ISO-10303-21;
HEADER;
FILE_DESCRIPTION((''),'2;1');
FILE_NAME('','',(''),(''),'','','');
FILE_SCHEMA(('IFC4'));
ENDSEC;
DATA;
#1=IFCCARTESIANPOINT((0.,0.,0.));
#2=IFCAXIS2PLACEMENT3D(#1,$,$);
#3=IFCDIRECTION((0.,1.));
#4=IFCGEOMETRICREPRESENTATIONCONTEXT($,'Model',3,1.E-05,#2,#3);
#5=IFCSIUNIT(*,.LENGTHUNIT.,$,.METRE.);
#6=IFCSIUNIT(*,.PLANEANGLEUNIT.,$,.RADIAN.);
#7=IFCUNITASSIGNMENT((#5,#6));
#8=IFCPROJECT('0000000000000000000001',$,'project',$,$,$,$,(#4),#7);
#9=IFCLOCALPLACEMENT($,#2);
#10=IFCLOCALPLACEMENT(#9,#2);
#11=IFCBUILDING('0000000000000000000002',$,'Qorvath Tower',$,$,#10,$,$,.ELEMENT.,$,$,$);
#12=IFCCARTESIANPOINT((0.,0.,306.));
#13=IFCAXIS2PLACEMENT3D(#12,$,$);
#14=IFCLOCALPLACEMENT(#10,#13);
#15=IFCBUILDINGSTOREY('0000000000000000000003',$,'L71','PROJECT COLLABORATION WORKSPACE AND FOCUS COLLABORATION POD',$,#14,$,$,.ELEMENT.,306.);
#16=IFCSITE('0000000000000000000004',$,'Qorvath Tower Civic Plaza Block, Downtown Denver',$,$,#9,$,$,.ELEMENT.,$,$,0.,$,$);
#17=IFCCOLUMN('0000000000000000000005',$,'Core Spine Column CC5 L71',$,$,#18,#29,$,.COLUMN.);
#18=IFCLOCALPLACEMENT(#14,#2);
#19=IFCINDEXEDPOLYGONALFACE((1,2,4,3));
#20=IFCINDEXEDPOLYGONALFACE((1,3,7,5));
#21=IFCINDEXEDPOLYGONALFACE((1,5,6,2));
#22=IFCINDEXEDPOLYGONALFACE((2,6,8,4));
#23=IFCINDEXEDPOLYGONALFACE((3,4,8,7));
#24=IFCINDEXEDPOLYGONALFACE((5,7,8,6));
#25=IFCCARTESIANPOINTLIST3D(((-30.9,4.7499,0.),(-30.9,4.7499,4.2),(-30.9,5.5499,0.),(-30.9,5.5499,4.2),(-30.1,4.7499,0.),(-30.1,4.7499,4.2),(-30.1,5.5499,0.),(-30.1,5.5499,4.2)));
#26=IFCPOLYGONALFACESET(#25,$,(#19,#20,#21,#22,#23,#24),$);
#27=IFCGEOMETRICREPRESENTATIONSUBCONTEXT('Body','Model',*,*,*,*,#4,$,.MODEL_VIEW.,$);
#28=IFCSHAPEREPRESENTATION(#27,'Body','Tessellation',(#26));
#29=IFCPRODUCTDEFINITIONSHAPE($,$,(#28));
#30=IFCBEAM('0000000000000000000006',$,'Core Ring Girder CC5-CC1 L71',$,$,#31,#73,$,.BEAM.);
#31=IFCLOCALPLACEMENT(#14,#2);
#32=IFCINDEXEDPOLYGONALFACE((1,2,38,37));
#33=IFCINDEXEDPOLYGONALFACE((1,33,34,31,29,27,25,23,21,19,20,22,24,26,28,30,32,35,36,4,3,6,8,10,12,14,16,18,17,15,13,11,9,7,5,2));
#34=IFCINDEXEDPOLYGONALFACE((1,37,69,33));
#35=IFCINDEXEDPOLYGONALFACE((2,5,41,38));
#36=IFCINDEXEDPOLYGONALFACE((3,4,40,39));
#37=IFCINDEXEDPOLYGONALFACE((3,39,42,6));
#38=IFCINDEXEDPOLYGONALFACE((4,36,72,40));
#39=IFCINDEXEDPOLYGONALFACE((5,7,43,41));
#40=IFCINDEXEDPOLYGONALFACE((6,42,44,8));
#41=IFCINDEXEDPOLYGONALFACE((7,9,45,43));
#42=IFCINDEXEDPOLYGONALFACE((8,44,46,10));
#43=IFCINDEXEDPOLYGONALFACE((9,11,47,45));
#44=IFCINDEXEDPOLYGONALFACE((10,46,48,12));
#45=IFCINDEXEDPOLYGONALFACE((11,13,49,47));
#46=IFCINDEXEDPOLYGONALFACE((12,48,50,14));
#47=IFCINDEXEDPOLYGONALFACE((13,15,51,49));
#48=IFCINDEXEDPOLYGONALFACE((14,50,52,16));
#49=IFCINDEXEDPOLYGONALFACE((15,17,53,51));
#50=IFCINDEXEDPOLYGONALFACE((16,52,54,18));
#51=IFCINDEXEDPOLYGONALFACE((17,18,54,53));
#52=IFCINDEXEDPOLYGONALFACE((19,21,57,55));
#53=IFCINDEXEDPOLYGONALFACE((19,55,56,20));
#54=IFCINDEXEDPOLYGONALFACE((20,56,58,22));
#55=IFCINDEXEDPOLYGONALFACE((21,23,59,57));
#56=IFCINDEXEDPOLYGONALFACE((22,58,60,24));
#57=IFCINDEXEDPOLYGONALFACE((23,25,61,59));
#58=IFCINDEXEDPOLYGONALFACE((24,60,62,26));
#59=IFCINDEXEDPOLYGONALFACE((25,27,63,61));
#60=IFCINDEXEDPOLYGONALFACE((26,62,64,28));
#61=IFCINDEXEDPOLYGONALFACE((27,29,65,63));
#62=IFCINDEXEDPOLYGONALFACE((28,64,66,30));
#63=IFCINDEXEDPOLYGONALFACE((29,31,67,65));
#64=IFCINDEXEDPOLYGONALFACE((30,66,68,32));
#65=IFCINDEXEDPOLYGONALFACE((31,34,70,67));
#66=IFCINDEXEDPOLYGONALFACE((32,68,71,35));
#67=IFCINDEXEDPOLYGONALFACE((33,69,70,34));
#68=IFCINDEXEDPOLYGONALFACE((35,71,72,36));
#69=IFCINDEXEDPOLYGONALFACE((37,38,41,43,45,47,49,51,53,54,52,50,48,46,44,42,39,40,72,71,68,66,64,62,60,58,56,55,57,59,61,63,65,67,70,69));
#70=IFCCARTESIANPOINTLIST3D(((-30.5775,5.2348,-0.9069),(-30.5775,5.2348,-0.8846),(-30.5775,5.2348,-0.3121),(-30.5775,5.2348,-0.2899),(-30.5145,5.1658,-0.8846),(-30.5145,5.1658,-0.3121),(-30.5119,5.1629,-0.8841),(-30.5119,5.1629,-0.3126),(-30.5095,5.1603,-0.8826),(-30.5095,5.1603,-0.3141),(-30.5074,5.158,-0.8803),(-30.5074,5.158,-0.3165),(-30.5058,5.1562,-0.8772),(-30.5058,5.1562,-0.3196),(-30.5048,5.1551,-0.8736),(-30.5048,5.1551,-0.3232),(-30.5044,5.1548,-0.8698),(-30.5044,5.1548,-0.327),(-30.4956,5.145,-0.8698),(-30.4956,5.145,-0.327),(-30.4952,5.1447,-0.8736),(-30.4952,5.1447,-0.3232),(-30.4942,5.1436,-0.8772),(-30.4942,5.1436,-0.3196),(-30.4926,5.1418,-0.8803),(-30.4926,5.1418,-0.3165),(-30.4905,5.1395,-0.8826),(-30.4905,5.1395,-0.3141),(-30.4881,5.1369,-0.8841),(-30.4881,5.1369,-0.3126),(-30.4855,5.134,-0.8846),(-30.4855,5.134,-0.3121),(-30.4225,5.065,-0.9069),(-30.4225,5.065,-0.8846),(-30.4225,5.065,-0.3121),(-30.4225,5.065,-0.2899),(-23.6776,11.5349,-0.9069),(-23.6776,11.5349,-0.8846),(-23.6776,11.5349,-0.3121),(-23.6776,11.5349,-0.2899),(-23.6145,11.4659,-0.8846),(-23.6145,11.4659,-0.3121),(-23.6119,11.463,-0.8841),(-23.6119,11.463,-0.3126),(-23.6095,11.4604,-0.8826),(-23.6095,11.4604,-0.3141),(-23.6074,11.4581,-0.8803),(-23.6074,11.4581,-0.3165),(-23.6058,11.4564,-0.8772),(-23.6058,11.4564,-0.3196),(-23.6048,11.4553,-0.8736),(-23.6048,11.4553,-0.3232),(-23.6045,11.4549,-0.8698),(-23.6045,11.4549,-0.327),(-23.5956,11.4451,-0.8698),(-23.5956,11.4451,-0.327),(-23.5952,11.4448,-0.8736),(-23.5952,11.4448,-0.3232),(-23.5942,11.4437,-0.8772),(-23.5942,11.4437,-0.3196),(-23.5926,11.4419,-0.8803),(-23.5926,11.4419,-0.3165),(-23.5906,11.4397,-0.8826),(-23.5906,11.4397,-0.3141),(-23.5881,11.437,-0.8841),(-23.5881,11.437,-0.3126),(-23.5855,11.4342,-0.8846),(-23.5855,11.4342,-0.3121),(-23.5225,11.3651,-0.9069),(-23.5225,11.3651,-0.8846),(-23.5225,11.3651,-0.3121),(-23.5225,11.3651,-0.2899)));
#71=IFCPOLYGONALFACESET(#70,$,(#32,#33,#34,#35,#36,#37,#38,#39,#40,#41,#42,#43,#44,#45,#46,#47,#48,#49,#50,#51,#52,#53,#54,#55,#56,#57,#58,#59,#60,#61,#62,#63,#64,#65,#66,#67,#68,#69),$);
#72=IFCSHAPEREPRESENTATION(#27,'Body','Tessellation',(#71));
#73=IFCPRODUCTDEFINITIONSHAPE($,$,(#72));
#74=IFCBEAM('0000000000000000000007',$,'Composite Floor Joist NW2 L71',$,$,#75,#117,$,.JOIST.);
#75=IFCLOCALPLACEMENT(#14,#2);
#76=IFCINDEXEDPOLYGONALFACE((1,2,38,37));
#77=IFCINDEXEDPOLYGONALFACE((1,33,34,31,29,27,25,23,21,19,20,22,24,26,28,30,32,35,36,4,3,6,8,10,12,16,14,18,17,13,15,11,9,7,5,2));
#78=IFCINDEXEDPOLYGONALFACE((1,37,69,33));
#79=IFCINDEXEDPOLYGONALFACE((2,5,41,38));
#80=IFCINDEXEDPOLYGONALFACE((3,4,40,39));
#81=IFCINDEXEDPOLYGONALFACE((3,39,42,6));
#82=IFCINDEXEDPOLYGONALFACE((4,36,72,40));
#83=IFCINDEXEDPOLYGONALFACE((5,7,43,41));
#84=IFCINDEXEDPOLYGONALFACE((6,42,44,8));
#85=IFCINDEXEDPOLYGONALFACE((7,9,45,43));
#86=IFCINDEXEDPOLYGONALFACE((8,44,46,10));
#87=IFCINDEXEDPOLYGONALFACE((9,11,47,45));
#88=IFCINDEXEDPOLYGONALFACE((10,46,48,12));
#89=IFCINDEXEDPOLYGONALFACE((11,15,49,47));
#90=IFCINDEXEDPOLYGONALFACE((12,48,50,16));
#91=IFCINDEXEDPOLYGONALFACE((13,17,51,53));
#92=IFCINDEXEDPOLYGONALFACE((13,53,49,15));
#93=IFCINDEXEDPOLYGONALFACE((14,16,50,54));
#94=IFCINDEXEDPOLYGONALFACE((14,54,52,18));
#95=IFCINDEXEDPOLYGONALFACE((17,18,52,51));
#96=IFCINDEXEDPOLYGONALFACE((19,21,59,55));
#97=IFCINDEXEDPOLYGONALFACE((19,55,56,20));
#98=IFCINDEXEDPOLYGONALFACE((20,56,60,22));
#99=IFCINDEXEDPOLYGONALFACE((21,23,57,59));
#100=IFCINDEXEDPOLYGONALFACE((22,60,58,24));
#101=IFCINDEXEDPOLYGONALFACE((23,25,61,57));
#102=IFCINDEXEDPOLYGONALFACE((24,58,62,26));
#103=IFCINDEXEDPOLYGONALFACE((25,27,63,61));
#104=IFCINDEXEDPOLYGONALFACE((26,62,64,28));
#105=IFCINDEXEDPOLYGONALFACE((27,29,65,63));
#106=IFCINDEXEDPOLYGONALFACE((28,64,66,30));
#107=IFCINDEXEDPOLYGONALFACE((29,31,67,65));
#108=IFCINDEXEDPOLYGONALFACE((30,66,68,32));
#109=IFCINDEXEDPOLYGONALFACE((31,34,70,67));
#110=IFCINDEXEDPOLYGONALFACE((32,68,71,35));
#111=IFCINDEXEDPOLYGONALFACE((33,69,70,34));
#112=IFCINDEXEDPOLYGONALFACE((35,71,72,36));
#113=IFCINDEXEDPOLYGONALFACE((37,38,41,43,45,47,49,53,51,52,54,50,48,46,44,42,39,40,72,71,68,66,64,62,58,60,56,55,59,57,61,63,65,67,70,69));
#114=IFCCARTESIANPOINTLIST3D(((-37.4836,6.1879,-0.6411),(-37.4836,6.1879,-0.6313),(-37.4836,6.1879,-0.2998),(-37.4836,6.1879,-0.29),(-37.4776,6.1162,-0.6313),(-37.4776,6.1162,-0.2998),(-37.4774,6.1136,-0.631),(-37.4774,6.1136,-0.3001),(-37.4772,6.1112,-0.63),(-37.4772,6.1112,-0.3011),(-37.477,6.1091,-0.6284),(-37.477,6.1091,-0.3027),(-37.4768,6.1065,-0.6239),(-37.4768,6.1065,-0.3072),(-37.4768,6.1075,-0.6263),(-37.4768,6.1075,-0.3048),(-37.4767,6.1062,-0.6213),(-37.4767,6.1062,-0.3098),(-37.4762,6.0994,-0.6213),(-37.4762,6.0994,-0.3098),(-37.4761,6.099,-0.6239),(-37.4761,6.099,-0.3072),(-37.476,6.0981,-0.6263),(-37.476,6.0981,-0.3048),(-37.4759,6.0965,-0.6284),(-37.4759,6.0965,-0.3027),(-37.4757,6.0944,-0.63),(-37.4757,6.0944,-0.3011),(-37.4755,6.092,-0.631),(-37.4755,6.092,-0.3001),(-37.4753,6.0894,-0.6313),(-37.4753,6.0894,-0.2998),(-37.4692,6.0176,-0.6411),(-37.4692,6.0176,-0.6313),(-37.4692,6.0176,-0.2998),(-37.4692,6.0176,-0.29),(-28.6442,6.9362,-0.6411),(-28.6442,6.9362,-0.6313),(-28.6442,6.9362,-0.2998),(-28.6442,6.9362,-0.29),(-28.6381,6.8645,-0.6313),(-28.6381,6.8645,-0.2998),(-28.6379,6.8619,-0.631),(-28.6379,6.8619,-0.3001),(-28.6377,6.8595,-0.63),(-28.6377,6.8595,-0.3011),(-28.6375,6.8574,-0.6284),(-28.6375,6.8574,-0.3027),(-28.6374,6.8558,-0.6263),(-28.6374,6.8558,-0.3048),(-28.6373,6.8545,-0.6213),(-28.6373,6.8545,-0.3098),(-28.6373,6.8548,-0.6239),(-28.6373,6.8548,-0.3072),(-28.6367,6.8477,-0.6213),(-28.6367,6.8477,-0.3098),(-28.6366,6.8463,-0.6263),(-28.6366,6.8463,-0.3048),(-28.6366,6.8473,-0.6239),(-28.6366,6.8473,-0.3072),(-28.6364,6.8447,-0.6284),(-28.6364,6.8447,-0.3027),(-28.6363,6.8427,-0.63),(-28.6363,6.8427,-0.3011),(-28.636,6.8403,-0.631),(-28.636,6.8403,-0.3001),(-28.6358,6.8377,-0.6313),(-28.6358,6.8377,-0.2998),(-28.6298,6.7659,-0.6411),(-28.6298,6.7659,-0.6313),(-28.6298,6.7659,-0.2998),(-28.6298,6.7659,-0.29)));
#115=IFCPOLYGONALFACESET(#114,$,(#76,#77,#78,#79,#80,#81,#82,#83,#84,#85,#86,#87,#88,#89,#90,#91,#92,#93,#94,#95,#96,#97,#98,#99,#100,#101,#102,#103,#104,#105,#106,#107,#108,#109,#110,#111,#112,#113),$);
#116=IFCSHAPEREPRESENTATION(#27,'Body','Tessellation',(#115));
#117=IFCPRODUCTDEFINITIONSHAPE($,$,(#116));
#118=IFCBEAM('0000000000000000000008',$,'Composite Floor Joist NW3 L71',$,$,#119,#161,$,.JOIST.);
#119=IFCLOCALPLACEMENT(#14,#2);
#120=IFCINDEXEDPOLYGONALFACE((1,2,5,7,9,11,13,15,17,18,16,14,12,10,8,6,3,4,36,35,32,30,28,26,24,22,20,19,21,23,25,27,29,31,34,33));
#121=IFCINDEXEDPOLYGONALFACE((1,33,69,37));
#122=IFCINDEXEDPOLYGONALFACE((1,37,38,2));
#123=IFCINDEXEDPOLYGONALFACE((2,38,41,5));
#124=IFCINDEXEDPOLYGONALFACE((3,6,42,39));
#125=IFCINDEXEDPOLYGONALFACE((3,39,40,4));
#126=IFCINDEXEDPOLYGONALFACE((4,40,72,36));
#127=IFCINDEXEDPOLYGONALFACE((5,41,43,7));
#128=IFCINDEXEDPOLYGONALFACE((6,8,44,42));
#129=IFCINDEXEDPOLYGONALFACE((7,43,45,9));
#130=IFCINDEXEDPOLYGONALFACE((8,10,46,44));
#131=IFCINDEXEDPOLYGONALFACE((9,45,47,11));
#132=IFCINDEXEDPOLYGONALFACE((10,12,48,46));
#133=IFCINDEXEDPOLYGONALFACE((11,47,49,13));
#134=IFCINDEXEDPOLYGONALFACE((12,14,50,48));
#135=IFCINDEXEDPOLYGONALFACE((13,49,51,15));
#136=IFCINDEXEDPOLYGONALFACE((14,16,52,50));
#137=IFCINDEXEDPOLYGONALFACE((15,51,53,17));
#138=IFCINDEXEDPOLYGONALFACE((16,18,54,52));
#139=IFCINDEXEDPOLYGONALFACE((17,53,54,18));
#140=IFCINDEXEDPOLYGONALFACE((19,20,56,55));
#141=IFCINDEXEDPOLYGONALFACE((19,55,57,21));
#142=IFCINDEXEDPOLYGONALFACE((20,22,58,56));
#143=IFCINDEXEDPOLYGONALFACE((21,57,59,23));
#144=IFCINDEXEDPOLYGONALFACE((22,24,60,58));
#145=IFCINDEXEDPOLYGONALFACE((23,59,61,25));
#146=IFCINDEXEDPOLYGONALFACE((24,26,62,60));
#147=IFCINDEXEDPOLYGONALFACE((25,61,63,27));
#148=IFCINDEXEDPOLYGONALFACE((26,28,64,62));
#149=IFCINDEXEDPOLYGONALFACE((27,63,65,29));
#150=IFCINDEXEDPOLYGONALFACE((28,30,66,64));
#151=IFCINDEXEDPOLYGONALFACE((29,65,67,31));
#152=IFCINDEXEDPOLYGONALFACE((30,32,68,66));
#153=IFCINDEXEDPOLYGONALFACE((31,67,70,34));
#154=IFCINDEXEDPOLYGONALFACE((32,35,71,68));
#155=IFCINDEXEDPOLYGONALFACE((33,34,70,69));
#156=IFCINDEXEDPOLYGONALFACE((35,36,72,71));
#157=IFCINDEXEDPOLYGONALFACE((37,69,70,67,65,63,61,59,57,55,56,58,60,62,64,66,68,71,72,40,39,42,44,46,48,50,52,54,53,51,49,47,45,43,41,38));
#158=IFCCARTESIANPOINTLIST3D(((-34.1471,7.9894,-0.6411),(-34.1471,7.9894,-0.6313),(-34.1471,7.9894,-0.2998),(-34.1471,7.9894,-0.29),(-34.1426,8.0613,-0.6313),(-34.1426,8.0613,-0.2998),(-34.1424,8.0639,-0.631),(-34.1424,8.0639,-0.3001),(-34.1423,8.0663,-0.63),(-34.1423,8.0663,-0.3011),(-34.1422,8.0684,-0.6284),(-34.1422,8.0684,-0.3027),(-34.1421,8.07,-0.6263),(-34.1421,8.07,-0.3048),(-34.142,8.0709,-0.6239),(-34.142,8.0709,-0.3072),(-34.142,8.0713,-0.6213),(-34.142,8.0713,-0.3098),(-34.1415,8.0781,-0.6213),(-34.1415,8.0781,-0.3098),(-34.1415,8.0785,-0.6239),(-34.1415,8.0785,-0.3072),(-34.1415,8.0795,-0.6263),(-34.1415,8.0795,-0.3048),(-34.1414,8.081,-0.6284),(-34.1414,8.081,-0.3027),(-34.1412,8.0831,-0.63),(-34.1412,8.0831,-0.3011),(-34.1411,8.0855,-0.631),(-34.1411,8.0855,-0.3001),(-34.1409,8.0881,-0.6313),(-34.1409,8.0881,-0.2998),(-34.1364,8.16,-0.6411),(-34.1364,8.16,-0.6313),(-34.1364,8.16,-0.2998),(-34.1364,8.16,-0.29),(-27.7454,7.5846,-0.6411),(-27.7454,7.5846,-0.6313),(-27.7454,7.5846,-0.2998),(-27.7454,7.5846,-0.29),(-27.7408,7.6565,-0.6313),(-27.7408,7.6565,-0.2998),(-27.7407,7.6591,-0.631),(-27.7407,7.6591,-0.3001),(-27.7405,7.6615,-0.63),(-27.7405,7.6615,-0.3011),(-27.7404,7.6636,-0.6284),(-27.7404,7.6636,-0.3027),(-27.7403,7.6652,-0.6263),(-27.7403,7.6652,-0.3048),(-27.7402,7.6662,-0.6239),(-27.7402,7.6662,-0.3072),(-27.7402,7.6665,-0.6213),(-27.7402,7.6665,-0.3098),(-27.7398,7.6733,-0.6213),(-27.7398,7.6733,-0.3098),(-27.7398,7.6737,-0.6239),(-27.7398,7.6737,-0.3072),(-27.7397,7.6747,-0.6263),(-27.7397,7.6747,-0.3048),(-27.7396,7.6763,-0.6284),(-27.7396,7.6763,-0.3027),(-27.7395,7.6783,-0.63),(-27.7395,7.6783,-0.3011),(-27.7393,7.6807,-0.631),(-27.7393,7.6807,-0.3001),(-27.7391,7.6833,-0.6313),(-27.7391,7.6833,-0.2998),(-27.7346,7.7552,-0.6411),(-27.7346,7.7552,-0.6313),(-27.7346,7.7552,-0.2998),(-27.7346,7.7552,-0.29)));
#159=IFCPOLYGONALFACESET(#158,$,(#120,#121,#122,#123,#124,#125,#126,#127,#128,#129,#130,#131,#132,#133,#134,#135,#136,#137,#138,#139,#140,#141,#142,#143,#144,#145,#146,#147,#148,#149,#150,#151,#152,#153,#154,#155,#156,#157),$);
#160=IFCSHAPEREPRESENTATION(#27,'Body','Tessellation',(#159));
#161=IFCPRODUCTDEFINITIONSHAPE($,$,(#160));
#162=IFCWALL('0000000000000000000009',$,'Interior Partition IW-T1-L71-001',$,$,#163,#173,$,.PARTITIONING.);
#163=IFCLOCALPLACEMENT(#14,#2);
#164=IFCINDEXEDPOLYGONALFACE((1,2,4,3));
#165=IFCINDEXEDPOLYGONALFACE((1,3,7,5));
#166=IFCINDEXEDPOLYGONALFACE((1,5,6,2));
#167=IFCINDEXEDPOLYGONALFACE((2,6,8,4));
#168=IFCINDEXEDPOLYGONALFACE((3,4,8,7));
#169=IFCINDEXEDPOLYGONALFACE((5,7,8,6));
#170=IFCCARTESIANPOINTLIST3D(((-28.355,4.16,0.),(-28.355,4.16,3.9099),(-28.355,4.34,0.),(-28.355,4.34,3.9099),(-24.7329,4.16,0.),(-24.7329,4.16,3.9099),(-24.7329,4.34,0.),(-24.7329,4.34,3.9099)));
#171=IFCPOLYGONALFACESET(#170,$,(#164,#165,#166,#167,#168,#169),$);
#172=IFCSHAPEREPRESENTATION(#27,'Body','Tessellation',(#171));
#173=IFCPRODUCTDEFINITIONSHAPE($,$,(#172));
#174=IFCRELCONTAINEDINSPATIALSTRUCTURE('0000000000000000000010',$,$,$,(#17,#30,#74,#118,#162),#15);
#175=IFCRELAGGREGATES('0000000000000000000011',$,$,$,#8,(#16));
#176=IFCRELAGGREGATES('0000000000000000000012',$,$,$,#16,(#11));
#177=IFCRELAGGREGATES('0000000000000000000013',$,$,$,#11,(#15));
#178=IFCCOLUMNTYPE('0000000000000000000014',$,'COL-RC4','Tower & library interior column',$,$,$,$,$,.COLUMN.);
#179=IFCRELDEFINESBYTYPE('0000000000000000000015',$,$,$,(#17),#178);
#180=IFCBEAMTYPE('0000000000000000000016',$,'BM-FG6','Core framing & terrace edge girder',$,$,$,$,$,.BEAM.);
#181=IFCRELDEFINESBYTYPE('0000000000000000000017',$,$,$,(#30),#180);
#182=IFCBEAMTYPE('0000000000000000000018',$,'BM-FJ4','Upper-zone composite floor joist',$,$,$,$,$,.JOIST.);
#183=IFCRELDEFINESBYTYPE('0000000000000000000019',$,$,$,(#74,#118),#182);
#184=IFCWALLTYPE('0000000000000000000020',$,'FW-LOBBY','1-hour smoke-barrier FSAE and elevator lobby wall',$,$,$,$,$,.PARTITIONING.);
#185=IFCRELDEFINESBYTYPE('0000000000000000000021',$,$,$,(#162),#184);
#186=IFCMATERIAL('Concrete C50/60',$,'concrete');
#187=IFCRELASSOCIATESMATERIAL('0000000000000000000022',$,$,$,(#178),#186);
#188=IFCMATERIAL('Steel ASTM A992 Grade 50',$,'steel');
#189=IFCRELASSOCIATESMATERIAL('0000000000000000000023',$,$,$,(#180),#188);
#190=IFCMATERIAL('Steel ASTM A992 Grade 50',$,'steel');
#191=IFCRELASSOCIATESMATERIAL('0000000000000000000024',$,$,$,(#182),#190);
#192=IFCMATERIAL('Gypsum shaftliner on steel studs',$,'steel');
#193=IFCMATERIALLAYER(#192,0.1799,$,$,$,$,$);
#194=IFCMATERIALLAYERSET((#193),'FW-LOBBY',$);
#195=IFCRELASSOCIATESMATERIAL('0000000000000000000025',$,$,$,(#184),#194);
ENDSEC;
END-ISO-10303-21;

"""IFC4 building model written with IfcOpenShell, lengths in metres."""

from ifc_helpers import new_model, si_unit, direction, frame, frame_2d, origin, origin_2d, place, context, subcontext, project, spatial, rectangle, i_section, extrude, material, layer, layer_set, material_profile, profile_set, type_object, element, save


model = new_model("IFC4")

# Units and contexts
model_context = context("Model", 3, precision=1e-05, world=origin(), true_north=direction((0.0, 1.0)))
body_context = subcontext(model_context, "Body", "Model", "MODEL_VIEW")
ifc_project = project(units=[si_unit("LENGTHUNIT", "METRE"), si_unit("PLANEANGLEUNIT", "RADIAN")], contexts=[model_context])

# Site, building, storey
site_placement = place(None, origin())
site = spatial("IfcSite", under=ifc_project, at=site_placement, Name="Qorvath Tower Civic Plaza Block, Downtown Denver", CompositionType="ELEMENT", RefElevation=0.0)
building_placement = place(site_placement, origin())
building = spatial("IfcBuilding", under=site, at=building_placement, Name="Qorvath Tower", CompositionType="ELEMENT")
storey_placement = place(building_placement, frame((0.0, 0.0, 306.0)))
storey = spatial("IfcBuildingStorey", under=building, at=storey_placement, Name="L71", Description="PROJECT COLLABORATION WORKSPACE AND FOCUS COLLABORATION POD", CompositionType="ELEMENT", Elevation=306.0)

# Column
ifc_material_1 = material(Name="Concrete C50/60", Category="concrete")
ifc_material_profile_1 = material_profile(ifc_material_1, rectangle(XDim=0.8, YDim=0.8, at=origin_2d()), Name="RC 800x800")
ifc_profile_set_1 = profile_set([ifc_material_profile_1], Name="Concrete C50/60")
column_type = type_object("IfcColumnType", Name="COL-RC4", Description="Tower & library interior column", PredefinedType="COLUMN", material=ifc_profile_set_1)
column_placement = place(storey_placement, frame((-30.5, 5.1499, 0.0), z_axis=(0.0, 0.0, 1.0), x_axis=(1.0, 0.0, 0.0)))
element("IfcColumn", 1, at=column_placement, inside=storey, type_object=column_type, Name="Core Spine Column CC5 L71", PredefinedType="COLUMN", context=body_context, shape_type="SweptSolid", body=[
    extrude(rectangle(XDim=0.8, YDim=0.8, at=origin_2d()), origin(), (0.0, 0.0, 1.0), 4.2),
])

# Beams
ifc_material_2 = material(Name="Steel ASTM A992 Grade 50", Category="steel")
ifc_material_profile_2 = material_profile(ifc_material_2, i_section(OverallWidth=0.23, OverallDepth=0.6169, WebThickness=0.0132, FlangeThickness=0.0222, FilletRadius=0.0149, at=origin_2d()), Name="W24x94")
ifc_profile_set_2 = profile_set([ifc_material_profile_2], Name="Steel ASTM A992 Grade 50")
beam_type_1 = type_object("IfcBeamType", Name="BM-FG6", Description="Core framing & terrace edge girder", PredefinedType="BEAM", material=ifc_profile_set_2)
beam_1_placement = place(storey_placement, frame((-30.5, 5.1499, -0.5984), z_axis=(0.738478, 0.674277, 0.0), x_axis=(-0.674277, 0.738478, 0.0)))
element("IfcBeam", 2, at=beam_1_placement, inside=storey, type_object=beam_type_1, Name="Core Ring Girder CC5-CC1 L71", PredefinedType="BEAM", context=body_context, shape_type="SweptSolid", body=[
    extrude(i_section(OverallWidth=0.23, OverallDepth=0.6169, WebThickness=0.0132, FlangeThickness=0.0222, FilletRadius=0.0149, at=origin_2d()), origin(), (0.0, 0.0, 1.0), 9.3435),
])
ifc_material_3 = material(Name="Steel ASTM A992 Grade 50", Category="steel")
ifc_material_profile_3 = material_profile(ifc_material_3, i_section(OverallWidth=0.1709, OverallDepth=0.3511, WebThickness=0.0068, FlangeThickness=0.0098, FilletRadius=0.01, at=origin_2d()), Name="W14x30")
ifc_profile_set_3 = profile_set([ifc_material_profile_3], Name="Steel ASTM A992 Grade 50")
beam_type_2 = type_object("IfcBeamType", Name="BM-FJ4", Description="Upper-zone composite floor joist", PredefinedType="JOIST", material=ifc_profile_set_3)
beam_2_placement = place(storey_placement, frame((-28.637, 6.8511, -0.4656), z_axis=(-0.996436, -0.08435, 0.0), x_axis=(0.08435, -0.996436, 0.0)))
element("IfcBeam", 3, at=beam_2_placement, inside=storey, type_object=beam_type_2, Name="Composite Floor Joist NW2 L71", PredefinedType="JOIST", context=body_context, shape_type="SweptSolid", body=[
    extrude(i_section(OverallWidth=0.1709, OverallDepth=0.3511, WebThickness=0.0068, FlangeThickness=0.0098, FilletRadius=0.01, at=origin_2d()), origin(), (0.0, 0.0, 1.0), 8.8711),
])
beam_3_placement = place(storey_placement, frame((-27.74, 7.6699, -0.4656), z_axis=(-0.998007, 0.063103, 0.0), x_axis=(-0.063103, -0.998007, 0.0)))
element("IfcBeam", 4, at=beam_3_placement, inside=storey, type_object=beam_type_2, Name="Composite Floor Joist NW3 L71", PredefinedType="JOIST", context=body_context, shape_type="SweptSolid", body=[
    extrude(i_section(OverallWidth=0.1709, OverallDepth=0.3511, WebThickness=0.0068, FlangeThickness=0.0098, FilletRadius=0.01, at=origin_2d()), origin(), (0.0, 0.0, 1.0), 6.4146),
])

# Wall
ifc_material_4 = material(Name="Gypsum shaftliner on steel studs", Category="steel")
ifc_layer_1 = layer(ifc_material_4, 0.1799)
ifc_layer_set_1 = layer_set([ifc_layer_1], Name="FW-LOBBY")
wall_type_1 = type_object("IfcWallType", Name="FW-LOBBY", Description="1-hour smoke-barrier FSAE and elevator lobby wall", PredefinedType="PARTITIONING", material=ifc_layer_set_1)
wall_1_placement = place(storey_placement, frame((-28.355, 4.25, 0.0), z_axis=(0.0, 0.0, 1.0), x_axis=(1.0, 0.0, 0.0)))
element("IfcWall", 5, at=wall_1_placement, inside=storey, type_object=wall_type_1, Name="Interior Partition IW-T1-L71-001", PredefinedType="PARTITIONING", context=body_context, shape_type="SweptSolid", body=[
    extrude(rectangle(XDim=3.6221, YDim=0.1799, at=frame_2d((1.811, 0.0))), origin(), (0.0, 0.0, 1.0), 3.9099),
])

save(model, "model.ifc")
